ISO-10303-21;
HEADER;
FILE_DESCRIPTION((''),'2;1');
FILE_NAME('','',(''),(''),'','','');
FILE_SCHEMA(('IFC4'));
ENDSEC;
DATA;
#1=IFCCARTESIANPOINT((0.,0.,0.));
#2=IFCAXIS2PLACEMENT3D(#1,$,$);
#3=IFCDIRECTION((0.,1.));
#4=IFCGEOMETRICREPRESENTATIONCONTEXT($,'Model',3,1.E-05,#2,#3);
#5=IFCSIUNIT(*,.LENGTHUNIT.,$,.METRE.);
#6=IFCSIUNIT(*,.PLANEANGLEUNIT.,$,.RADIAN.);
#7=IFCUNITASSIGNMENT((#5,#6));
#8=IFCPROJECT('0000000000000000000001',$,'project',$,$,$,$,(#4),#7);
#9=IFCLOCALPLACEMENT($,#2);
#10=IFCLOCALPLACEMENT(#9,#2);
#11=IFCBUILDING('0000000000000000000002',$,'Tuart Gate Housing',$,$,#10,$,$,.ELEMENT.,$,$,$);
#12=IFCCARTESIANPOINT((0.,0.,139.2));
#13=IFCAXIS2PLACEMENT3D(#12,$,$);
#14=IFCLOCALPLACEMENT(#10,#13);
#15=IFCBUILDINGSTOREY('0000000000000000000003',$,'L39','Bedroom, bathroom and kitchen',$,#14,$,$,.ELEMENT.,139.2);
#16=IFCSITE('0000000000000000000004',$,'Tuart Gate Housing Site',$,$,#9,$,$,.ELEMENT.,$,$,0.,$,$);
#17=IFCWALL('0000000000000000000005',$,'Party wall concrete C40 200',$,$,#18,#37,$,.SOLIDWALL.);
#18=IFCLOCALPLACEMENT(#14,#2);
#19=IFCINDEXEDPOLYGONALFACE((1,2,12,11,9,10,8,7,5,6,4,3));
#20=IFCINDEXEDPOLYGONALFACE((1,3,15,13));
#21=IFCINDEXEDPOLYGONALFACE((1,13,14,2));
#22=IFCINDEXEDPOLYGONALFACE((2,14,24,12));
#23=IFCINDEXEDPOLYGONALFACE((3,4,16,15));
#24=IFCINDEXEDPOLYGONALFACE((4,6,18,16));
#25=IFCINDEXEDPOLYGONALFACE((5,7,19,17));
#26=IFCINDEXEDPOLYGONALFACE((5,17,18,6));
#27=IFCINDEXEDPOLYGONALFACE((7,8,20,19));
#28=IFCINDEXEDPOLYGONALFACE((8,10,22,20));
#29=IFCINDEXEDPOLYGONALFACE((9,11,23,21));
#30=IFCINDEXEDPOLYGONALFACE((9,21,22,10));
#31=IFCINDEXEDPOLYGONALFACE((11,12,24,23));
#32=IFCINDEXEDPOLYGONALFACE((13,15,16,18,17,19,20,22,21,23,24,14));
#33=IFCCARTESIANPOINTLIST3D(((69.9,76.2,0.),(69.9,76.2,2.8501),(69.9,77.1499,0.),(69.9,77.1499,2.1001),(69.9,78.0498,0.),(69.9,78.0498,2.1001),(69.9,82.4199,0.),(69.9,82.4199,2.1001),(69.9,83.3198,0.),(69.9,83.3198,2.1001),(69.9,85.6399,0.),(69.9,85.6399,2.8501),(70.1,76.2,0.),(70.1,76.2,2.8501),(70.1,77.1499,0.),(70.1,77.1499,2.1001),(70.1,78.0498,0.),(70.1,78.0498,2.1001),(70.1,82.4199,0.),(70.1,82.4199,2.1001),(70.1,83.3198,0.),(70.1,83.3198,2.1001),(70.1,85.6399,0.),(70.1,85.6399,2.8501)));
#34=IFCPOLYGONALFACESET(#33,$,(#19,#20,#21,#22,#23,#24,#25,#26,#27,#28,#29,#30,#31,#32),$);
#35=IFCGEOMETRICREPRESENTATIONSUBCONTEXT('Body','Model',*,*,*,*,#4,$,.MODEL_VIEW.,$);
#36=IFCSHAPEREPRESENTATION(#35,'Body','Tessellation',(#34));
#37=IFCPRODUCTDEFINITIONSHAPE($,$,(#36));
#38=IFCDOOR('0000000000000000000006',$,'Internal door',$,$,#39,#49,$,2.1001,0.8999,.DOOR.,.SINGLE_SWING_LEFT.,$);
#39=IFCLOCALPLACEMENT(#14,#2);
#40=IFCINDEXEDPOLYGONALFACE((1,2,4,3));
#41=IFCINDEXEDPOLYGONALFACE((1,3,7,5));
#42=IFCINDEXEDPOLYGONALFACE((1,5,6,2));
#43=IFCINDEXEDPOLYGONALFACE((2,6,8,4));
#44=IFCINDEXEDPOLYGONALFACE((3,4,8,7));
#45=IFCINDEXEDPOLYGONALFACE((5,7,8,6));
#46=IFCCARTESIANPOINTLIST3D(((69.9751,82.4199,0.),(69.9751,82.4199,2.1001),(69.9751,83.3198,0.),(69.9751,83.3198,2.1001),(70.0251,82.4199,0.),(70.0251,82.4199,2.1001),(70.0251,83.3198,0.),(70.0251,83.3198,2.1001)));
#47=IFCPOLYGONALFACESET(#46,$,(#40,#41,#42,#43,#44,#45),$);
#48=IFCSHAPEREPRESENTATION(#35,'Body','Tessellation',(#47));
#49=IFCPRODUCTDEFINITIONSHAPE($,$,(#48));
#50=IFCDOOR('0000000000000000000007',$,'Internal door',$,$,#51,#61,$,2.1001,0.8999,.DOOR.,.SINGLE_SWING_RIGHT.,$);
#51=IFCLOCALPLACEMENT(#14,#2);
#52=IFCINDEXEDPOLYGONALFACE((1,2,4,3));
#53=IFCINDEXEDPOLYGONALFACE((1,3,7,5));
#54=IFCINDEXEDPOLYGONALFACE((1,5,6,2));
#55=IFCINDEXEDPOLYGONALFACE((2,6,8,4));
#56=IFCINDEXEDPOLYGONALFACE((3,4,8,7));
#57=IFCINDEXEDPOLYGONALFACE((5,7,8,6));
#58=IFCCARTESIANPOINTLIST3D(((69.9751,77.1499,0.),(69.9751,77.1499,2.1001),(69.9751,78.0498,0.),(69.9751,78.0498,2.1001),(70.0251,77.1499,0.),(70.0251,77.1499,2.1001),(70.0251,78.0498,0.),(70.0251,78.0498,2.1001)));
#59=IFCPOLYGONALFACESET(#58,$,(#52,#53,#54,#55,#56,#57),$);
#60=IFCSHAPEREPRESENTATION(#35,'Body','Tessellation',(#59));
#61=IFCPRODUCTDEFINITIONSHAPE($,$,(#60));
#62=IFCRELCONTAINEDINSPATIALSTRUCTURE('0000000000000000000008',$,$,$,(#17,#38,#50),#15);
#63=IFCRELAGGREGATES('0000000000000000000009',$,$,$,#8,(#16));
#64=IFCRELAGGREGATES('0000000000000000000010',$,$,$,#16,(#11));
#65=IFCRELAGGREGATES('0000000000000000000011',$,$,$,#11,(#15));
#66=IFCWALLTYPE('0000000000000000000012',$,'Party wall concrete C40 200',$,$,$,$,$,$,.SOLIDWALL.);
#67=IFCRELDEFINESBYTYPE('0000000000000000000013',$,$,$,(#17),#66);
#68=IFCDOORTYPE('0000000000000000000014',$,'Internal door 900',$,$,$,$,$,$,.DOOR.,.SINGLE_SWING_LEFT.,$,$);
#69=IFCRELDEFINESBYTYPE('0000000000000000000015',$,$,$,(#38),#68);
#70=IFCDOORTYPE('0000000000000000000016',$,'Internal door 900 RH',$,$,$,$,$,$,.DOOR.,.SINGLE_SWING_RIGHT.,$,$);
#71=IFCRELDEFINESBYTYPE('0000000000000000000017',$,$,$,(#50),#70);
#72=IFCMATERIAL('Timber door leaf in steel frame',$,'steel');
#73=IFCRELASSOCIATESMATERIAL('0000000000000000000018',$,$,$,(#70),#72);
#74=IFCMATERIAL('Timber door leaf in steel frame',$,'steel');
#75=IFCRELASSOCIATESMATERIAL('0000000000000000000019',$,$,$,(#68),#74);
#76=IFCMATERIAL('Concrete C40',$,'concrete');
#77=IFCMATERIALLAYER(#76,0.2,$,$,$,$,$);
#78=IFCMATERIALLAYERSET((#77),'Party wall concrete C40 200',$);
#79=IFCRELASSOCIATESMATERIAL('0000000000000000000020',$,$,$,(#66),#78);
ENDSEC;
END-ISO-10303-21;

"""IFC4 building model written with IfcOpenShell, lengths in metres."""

from ifc_helpers import new_model, si_unit, direction, frame, frame_2d, origin, place, context, subcontext, project, spatial, rectangle, extrude, material, layer, layer_set, type_object, element, fill, save


model = new_model("IFC4")

# Units and contexts
model_context = context("Model", 3, precision=1e-05, world=origin(), true_north=direction((0.0, 1.0)))
body_context = subcontext(model_context, "Body", "Model", "MODEL_VIEW")
ifc_project = project(units=[si_unit("LENGTHUNIT", "METRE"), si_unit("PLANEANGLEUNIT", "RADIAN")], contexts=[model_context])

# Site, building, storey
site_placement = place(None, origin())
site = spatial("IfcSite", under=ifc_project, at=site_placement, Name="Tuart Gate Housing Site", CompositionType="ELEMENT", RefElevation=0.0)
building_placement = place(site_placement, origin())
building = spatial("IfcBuilding", under=site, at=building_placement, Name="Tuart Gate Housing", CompositionType="ELEMENT")
storey_placement = place(building_placement, frame((0.0, 0.0, 139.2)))
storey = spatial("IfcBuildingStorey", under=building, at=storey_placement, Name="L39", Description="Bedroom, bathroom and kitchen", CompositionType="ELEMENT", Elevation=139.2)

# Shared definitions
ifc_material_1 = material(Name="Timber door leaf in steel frame", Category="steel")
door_type_1 = type_object("IfcDoorType", Name="Internal door 900 RH", OperationType="SINGLE_SWING_RIGHT", PredefinedType="DOOR", material=ifc_material_1)

# Shared definitions
ifc_material_2 = material(Name="Timber door leaf in steel frame", Category="steel")
door_type_2 = type_object("IfcDoorType", Name="Internal door 900", OperationType="SINGLE_SWING_LEFT", PredefinedType="DOOR", material=ifc_material_2)

# Shared definitions
ifc_material_3 = material(Name="Concrete C40", Category="concrete")
ifc_layer_1 = layer(ifc_material_3, 0.2)
ifc_layer_set_1 = layer_set([ifc_layer_1], Name="Party wall concrete C40 200")
wall_type_1 = type_object("IfcWallType", Name="Party wall concrete C40 200", PredefinedType="SOLIDWALL", material=ifc_layer_set_1)

# Wall, openings, doors
wall_1_placement = place(storey_placement, frame((70.0, 76.2, 0.0), z_axis=(0.0, 0.0, 1.0), x_axis=(0.0, 1.0, 0.0)))
wall_1 = element("IfcWall", 1, at=wall_1_placement, inside=storey, type_object=wall_type_1, Name="Party wall concrete C40 200", PredefinedType="SOLIDWALL", context=body_context, shape_type="SweptSolid", body=[
    extrude(rectangle(XDim=9.4399, YDim=0.2, at=frame_2d((4.72, 0.0))), origin(), (0.0, 0.0, 1.0), 2.8501),
])
opening_1_placement = place(wall_1_placement, frame((6.22, 0.0, 0.0)))
opening_1 = element("IfcOpeningElement", 2, at=opening_1_placement, cuts=wall_1, PredefinedType="OPENING", context=body_context, shape_type="SweptSolid", body=[
    extrude(rectangle(XDim=0.8999, YDim=2.1001, at=frame_2d((0.45, 1.05))), frame((0.0, 0.1099, 0.0), z_axis=(0.0, -1.0, 0.0), x_axis=(1.0, 0.0, 0.0)), (0.0, 0.0, 1.0), 0.22),
])
opening_2_placement = place(wall_1_placement, frame((0.95, 0.0, 0.0)))
opening_2 = element("IfcOpeningElement", 3, at=opening_2_placement, cuts=wall_1, PredefinedType="OPENING", context=body_context, shape_type="SweptSolid", body=[
    extrude(rectangle(XDim=0.8999, YDim=2.1001, at=frame_2d((0.45, 1.05))), frame((0.0, 0.1099, 0.0), z_axis=(0.0, -1.0, 0.0), x_axis=(1.0, 0.0, 0.0)), (0.0, 0.0, 1.0), 0.22),
])
door_1_placement = place(opening_1_placement, frame((0.8999, 0.0, 0.0), z_axis=(0.0, 0.0, 1.0), x_axis=(-1.0, 0.0, 0.0)))
door_1 = element("IfcDoor", 4, at=door_1_placement, inside=storey, type_object=door_type_2, Name="Internal door", OperationType="SINGLE_SWING_LEFT", OverallHeight=2.1001, OverallWidth=0.8999, PredefinedType="DOOR", context=body_context, shape_type="SweptSolid", body=[
    extrude(rectangle(XDim=0.8999, YDim=2.1001, at=frame_2d((0.45, 1.05))), frame((0.0, 0.0251, 0.0), z_axis=(0.0, -1.0, 0.0), x_axis=(1.0, 0.0, 0.0)), (0.0, 0.0, 1.0), 0.05),
])
fill(opening_1, door_1)
door_2_placement = place(opening_2_placement, frame((0.8999, 0.0, 0.0), z_axis=(0.0, 0.0, 1.0), x_axis=(-1.0, 0.0, 0.0)))
door_2 = element("IfcDoor", 5, at=door_2_placement, inside=storey, type_object=door_type_1, Name="Internal door", OperationType="SINGLE_SWING_RIGHT", OverallHeight=2.1001, OverallWidth=0.8999, PredefinedType="DOOR", context=body_context, shape_type="SweptSolid", body=[
    extrude(rectangle(XDim=0.8999, YDim=2.1001, at=frame_2d((0.45, 1.05))), frame((0.0, 0.0251, 0.0), z_axis=(0.0, -1.0, 0.0), x_axis=(1.0, 0.0, 0.0)), (0.0, 0.0, 1.0), 0.05),
])
fill(opening_2, door_2)

save(model, "model.ifc")
